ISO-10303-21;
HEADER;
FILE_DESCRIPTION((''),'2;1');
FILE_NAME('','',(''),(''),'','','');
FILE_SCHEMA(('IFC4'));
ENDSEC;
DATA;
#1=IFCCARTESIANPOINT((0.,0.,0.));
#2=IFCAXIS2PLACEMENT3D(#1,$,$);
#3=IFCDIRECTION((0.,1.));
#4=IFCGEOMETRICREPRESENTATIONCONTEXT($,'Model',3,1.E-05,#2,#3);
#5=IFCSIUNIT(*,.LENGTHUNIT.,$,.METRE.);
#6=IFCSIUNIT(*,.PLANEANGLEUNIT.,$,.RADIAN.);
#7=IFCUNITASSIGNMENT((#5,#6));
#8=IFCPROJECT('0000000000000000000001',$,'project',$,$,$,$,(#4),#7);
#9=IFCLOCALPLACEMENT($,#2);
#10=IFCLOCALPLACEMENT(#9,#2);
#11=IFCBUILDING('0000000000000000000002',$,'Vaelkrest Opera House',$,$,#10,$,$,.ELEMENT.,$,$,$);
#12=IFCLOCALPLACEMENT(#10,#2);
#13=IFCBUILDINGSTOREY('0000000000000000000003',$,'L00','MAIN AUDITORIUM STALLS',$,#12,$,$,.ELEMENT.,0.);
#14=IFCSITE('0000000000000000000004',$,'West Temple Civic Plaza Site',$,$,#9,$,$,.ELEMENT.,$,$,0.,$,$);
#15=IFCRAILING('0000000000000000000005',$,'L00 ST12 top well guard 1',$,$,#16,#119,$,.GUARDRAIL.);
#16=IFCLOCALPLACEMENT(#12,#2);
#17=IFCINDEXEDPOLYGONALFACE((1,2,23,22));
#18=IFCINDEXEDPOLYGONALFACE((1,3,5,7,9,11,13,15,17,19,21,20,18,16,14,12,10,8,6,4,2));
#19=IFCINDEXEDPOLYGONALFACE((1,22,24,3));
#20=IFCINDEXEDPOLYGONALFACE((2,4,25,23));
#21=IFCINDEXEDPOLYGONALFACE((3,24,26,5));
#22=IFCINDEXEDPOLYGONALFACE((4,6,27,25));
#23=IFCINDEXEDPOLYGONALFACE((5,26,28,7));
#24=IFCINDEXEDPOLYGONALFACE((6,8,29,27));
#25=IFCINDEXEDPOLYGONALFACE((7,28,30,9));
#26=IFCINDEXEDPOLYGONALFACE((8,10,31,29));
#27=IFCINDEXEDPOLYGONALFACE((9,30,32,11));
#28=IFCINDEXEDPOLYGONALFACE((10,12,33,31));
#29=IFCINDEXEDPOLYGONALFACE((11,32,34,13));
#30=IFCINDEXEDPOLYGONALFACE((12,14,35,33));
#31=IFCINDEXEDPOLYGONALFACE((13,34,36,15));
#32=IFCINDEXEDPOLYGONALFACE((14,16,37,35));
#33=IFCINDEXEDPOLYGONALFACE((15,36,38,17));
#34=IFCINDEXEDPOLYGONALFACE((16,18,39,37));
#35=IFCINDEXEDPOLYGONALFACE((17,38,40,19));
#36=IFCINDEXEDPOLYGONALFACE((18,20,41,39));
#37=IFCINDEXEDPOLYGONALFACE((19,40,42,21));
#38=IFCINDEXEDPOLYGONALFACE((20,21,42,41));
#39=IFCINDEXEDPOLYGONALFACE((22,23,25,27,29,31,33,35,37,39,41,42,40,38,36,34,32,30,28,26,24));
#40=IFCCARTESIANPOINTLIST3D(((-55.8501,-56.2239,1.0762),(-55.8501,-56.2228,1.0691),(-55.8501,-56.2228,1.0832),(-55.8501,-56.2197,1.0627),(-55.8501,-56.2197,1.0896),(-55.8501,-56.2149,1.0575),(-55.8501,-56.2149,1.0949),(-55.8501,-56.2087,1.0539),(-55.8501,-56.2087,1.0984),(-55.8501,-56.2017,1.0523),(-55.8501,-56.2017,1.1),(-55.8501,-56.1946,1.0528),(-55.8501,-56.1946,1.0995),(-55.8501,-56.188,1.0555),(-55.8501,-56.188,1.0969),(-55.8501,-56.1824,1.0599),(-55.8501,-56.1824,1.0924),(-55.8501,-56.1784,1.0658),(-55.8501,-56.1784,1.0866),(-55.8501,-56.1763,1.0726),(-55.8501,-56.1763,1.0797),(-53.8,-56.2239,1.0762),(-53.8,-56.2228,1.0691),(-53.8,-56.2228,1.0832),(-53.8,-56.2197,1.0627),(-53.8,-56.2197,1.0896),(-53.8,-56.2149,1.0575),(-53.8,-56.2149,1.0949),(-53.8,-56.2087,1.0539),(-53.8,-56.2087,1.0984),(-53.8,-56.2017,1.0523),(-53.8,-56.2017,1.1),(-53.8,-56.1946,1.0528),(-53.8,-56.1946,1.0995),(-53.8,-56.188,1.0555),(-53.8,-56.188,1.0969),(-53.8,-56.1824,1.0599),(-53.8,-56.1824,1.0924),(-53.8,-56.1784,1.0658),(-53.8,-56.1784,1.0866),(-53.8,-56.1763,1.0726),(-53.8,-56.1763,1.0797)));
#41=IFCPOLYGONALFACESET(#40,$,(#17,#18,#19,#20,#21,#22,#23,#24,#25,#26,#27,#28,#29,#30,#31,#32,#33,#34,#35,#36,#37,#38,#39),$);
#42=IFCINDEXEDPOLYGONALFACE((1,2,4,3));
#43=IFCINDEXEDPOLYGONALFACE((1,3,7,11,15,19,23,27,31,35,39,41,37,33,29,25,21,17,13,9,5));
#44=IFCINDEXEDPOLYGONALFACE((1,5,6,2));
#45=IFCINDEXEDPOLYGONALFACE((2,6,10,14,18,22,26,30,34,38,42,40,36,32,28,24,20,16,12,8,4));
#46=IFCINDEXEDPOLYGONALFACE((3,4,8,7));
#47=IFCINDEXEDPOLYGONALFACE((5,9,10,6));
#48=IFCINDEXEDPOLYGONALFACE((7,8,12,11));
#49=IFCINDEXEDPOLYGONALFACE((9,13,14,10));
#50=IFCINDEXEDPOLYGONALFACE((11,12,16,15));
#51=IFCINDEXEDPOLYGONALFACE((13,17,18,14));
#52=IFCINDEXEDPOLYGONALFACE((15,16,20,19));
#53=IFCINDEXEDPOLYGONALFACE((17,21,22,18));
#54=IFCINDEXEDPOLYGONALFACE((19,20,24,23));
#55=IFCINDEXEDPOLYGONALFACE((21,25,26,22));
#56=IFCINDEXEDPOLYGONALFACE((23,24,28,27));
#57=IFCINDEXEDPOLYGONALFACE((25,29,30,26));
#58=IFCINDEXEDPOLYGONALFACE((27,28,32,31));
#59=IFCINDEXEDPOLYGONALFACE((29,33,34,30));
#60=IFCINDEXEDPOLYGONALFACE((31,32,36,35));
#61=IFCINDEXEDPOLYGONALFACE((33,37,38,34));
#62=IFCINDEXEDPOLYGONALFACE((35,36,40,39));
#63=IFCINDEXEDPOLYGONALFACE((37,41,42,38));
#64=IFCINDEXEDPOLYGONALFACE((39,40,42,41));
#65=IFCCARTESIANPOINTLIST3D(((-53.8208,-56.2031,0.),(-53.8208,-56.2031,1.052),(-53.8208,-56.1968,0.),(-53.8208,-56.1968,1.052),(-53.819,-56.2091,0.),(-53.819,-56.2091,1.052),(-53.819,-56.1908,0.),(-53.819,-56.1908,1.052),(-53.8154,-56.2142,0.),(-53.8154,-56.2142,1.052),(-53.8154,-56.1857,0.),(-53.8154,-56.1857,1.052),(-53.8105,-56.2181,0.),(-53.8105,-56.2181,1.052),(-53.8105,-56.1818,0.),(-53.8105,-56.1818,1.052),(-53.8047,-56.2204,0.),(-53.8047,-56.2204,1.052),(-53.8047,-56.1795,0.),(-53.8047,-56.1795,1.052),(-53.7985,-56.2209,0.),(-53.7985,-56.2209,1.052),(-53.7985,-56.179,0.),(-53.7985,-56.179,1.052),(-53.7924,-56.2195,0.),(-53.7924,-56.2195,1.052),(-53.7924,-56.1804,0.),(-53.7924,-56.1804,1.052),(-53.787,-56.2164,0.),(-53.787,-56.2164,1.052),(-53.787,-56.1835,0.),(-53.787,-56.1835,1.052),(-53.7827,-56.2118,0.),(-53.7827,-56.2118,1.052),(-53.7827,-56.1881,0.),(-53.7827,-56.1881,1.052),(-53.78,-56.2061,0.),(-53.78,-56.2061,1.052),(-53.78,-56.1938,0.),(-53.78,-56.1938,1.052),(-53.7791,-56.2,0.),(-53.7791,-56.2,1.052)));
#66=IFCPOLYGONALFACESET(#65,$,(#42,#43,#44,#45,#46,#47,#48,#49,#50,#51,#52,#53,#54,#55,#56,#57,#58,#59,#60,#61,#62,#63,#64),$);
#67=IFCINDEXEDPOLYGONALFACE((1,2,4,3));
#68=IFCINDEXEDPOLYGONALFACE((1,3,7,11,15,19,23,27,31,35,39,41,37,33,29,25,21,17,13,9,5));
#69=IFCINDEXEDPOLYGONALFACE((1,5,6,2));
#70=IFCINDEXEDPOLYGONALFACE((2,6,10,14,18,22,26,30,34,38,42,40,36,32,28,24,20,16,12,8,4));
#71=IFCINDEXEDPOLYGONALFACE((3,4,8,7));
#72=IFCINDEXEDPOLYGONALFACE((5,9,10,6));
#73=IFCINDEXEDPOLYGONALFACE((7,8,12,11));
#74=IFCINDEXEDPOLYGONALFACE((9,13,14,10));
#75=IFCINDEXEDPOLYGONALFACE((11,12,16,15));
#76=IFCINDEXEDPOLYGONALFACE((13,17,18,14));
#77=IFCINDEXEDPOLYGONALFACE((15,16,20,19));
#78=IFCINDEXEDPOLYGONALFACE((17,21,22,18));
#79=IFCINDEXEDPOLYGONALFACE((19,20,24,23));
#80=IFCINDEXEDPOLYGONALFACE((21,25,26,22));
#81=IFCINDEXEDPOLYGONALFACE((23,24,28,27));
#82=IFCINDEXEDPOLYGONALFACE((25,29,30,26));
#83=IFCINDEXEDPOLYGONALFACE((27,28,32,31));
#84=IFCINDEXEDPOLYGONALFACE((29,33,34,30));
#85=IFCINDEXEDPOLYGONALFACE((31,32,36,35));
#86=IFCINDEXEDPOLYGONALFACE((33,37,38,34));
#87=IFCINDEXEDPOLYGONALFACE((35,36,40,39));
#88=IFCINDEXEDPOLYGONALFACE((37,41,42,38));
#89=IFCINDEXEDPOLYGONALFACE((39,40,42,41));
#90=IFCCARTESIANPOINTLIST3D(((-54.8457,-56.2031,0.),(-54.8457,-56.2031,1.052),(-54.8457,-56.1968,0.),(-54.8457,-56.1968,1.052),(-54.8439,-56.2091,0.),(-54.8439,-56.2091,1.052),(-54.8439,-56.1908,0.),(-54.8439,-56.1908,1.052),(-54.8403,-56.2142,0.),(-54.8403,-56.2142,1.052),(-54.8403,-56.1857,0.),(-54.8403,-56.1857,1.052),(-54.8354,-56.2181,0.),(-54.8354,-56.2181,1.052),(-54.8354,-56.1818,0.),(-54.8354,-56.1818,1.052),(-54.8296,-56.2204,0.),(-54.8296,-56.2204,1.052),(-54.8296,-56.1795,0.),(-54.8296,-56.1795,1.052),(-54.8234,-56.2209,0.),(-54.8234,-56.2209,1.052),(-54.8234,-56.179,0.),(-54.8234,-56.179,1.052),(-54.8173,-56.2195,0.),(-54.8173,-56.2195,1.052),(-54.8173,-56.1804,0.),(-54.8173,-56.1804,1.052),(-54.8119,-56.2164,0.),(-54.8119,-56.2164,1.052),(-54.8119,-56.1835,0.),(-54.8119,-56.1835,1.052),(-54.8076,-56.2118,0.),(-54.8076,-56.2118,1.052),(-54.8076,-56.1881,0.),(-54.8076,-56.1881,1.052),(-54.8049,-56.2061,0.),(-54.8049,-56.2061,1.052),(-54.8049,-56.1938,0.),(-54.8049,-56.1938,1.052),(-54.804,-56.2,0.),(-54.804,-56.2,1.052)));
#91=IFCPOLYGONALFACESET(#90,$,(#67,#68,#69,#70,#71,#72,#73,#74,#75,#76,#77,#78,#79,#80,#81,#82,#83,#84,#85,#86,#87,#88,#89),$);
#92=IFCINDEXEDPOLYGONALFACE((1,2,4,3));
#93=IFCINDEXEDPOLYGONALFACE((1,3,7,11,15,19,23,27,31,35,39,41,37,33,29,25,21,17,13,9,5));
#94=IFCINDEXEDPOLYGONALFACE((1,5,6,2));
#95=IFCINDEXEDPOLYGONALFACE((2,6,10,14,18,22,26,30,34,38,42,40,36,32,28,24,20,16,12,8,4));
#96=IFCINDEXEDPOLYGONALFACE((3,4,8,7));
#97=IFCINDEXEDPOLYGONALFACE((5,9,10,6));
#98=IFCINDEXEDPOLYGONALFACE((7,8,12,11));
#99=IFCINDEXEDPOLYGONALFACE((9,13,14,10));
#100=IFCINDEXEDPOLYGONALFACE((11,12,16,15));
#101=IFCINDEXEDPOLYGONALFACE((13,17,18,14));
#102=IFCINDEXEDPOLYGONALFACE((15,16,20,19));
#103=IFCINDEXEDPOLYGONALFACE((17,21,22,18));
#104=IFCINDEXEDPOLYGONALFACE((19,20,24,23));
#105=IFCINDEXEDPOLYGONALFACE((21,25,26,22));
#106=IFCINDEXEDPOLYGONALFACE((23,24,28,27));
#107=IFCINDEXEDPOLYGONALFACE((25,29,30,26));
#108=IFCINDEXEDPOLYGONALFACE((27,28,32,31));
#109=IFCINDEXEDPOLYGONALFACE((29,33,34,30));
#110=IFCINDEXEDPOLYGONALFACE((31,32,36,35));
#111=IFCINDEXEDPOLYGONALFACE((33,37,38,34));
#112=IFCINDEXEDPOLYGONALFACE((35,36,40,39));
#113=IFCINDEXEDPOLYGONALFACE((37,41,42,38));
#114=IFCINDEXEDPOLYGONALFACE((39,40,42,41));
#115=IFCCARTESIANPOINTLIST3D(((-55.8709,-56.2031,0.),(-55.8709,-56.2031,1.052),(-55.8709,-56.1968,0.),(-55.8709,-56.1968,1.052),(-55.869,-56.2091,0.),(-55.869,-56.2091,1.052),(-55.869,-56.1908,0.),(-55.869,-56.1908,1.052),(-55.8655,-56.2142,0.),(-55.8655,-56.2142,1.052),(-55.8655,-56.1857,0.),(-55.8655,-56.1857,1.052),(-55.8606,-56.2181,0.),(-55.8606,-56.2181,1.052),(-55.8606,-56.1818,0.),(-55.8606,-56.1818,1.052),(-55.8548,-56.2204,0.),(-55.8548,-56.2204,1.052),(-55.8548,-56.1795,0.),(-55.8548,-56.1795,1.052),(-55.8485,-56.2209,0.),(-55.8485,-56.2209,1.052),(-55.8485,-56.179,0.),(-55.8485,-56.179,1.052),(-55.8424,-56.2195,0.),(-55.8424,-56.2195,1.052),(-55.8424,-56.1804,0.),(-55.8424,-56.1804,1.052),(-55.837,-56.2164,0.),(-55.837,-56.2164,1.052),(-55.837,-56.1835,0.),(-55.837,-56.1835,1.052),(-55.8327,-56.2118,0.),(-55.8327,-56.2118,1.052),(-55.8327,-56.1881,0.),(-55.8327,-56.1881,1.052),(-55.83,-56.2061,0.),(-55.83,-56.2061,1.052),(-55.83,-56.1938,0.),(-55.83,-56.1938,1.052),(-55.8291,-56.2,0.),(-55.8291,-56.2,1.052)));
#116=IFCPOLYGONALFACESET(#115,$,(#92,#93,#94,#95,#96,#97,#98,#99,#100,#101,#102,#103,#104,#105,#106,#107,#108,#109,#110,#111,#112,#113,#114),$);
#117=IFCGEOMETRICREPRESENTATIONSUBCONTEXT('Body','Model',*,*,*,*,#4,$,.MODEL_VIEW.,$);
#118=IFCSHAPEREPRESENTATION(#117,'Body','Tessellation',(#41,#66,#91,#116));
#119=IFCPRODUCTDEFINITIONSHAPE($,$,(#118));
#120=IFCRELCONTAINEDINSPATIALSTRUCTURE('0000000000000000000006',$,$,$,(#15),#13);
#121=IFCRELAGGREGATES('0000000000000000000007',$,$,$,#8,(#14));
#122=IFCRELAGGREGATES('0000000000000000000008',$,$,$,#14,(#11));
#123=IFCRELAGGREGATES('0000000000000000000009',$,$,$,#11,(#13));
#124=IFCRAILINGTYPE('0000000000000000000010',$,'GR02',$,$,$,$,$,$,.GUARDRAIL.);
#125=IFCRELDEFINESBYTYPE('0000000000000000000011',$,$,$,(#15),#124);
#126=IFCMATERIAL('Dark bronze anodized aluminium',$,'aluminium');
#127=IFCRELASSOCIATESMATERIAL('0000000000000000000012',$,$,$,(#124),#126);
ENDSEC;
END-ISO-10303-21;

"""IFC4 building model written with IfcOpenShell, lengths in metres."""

from ifc_helpers import new_model, si_unit, direction, frame, origin, origin_2d, place, context, subcontext, project, spatial, circle, extrude, material, type_object, element, save


model = new_model("IFC4")

# Units and contexts
model_context = context("Model", 3, precision=1e-05, world=origin(), true_north=direction((0.0, 1.0)))
body_context = subcontext(model_context, "Body", "Model", "MODEL_VIEW")
ifc_project = project(units=[si_unit("LENGTHUNIT", "METRE"), si_unit("PLANEANGLEUNIT", "RADIAN")], contexts=[model_context])

# Site, building, storey
site_placement = place(None, origin())
site = spatial("IfcSite", under=ifc_project, at=site_placement, Name="West Temple Civic Plaza Site", CompositionType="ELEMENT", RefElevation=0.0)
building_placement = place(site_placement, origin())
building = spatial("IfcBuilding", under=site, at=building_placement, Name="Vaelkrest Opera House", CompositionType="ELEMENT")
storey_placement = place(building_placement, origin())
storey = spatial("IfcBuildingStorey", under=building, at=storey_placement, Name="L00", Description="MAIN AUDITORIUM STALLS", CompositionType="ELEMENT", Elevation=0.0)

# Shared definitions
ifc_material_1 = material(Name="Dark bronze anodized aluminium", Category="aluminium")

# Railing
railing_type = type_object("IfcRailingType", Name="GR02", PredefinedType="GUARDRAIL", material=ifc_material_1)
railing_placement = place(storey_placement, frame((-53.8, -56.2, 0.0)))
element("IfcRailing", 1, at=railing_placement, inside=storey, type_object=railing_type, Name="L00 ST12 top well guard 1", PredefinedType="GUARDRAIL", context=body_context, shape_type="SweptSolid", body=[
    extrude(circle(Radius=0.0239, at=origin_2d()), frame((0.0, 0.0, 1.0762), z_axis=(-1.0, 0.0, 0.0), x_axis=(0.0, -1.0, 0.0)), (0.0, 0.0, 1.0), 2.05),
    extrude(circle(Radius=0.021, at=origin_2d()), origin(), (0.0, 0.0, 1.0), 1.052),
    extrude(circle(Radius=0.021, at=origin_2d()), frame((-1.0249, 0.0, 0.0)), (0.0, 0.0, 1.0), 1.052),
    extrude(circle(Radius=0.021, at=origin_2d()), frame((-2.05, 0.0, 0.0)), (0.0, 0.0, 1.0), 1.052),
])

save(model, "model.ifc")
